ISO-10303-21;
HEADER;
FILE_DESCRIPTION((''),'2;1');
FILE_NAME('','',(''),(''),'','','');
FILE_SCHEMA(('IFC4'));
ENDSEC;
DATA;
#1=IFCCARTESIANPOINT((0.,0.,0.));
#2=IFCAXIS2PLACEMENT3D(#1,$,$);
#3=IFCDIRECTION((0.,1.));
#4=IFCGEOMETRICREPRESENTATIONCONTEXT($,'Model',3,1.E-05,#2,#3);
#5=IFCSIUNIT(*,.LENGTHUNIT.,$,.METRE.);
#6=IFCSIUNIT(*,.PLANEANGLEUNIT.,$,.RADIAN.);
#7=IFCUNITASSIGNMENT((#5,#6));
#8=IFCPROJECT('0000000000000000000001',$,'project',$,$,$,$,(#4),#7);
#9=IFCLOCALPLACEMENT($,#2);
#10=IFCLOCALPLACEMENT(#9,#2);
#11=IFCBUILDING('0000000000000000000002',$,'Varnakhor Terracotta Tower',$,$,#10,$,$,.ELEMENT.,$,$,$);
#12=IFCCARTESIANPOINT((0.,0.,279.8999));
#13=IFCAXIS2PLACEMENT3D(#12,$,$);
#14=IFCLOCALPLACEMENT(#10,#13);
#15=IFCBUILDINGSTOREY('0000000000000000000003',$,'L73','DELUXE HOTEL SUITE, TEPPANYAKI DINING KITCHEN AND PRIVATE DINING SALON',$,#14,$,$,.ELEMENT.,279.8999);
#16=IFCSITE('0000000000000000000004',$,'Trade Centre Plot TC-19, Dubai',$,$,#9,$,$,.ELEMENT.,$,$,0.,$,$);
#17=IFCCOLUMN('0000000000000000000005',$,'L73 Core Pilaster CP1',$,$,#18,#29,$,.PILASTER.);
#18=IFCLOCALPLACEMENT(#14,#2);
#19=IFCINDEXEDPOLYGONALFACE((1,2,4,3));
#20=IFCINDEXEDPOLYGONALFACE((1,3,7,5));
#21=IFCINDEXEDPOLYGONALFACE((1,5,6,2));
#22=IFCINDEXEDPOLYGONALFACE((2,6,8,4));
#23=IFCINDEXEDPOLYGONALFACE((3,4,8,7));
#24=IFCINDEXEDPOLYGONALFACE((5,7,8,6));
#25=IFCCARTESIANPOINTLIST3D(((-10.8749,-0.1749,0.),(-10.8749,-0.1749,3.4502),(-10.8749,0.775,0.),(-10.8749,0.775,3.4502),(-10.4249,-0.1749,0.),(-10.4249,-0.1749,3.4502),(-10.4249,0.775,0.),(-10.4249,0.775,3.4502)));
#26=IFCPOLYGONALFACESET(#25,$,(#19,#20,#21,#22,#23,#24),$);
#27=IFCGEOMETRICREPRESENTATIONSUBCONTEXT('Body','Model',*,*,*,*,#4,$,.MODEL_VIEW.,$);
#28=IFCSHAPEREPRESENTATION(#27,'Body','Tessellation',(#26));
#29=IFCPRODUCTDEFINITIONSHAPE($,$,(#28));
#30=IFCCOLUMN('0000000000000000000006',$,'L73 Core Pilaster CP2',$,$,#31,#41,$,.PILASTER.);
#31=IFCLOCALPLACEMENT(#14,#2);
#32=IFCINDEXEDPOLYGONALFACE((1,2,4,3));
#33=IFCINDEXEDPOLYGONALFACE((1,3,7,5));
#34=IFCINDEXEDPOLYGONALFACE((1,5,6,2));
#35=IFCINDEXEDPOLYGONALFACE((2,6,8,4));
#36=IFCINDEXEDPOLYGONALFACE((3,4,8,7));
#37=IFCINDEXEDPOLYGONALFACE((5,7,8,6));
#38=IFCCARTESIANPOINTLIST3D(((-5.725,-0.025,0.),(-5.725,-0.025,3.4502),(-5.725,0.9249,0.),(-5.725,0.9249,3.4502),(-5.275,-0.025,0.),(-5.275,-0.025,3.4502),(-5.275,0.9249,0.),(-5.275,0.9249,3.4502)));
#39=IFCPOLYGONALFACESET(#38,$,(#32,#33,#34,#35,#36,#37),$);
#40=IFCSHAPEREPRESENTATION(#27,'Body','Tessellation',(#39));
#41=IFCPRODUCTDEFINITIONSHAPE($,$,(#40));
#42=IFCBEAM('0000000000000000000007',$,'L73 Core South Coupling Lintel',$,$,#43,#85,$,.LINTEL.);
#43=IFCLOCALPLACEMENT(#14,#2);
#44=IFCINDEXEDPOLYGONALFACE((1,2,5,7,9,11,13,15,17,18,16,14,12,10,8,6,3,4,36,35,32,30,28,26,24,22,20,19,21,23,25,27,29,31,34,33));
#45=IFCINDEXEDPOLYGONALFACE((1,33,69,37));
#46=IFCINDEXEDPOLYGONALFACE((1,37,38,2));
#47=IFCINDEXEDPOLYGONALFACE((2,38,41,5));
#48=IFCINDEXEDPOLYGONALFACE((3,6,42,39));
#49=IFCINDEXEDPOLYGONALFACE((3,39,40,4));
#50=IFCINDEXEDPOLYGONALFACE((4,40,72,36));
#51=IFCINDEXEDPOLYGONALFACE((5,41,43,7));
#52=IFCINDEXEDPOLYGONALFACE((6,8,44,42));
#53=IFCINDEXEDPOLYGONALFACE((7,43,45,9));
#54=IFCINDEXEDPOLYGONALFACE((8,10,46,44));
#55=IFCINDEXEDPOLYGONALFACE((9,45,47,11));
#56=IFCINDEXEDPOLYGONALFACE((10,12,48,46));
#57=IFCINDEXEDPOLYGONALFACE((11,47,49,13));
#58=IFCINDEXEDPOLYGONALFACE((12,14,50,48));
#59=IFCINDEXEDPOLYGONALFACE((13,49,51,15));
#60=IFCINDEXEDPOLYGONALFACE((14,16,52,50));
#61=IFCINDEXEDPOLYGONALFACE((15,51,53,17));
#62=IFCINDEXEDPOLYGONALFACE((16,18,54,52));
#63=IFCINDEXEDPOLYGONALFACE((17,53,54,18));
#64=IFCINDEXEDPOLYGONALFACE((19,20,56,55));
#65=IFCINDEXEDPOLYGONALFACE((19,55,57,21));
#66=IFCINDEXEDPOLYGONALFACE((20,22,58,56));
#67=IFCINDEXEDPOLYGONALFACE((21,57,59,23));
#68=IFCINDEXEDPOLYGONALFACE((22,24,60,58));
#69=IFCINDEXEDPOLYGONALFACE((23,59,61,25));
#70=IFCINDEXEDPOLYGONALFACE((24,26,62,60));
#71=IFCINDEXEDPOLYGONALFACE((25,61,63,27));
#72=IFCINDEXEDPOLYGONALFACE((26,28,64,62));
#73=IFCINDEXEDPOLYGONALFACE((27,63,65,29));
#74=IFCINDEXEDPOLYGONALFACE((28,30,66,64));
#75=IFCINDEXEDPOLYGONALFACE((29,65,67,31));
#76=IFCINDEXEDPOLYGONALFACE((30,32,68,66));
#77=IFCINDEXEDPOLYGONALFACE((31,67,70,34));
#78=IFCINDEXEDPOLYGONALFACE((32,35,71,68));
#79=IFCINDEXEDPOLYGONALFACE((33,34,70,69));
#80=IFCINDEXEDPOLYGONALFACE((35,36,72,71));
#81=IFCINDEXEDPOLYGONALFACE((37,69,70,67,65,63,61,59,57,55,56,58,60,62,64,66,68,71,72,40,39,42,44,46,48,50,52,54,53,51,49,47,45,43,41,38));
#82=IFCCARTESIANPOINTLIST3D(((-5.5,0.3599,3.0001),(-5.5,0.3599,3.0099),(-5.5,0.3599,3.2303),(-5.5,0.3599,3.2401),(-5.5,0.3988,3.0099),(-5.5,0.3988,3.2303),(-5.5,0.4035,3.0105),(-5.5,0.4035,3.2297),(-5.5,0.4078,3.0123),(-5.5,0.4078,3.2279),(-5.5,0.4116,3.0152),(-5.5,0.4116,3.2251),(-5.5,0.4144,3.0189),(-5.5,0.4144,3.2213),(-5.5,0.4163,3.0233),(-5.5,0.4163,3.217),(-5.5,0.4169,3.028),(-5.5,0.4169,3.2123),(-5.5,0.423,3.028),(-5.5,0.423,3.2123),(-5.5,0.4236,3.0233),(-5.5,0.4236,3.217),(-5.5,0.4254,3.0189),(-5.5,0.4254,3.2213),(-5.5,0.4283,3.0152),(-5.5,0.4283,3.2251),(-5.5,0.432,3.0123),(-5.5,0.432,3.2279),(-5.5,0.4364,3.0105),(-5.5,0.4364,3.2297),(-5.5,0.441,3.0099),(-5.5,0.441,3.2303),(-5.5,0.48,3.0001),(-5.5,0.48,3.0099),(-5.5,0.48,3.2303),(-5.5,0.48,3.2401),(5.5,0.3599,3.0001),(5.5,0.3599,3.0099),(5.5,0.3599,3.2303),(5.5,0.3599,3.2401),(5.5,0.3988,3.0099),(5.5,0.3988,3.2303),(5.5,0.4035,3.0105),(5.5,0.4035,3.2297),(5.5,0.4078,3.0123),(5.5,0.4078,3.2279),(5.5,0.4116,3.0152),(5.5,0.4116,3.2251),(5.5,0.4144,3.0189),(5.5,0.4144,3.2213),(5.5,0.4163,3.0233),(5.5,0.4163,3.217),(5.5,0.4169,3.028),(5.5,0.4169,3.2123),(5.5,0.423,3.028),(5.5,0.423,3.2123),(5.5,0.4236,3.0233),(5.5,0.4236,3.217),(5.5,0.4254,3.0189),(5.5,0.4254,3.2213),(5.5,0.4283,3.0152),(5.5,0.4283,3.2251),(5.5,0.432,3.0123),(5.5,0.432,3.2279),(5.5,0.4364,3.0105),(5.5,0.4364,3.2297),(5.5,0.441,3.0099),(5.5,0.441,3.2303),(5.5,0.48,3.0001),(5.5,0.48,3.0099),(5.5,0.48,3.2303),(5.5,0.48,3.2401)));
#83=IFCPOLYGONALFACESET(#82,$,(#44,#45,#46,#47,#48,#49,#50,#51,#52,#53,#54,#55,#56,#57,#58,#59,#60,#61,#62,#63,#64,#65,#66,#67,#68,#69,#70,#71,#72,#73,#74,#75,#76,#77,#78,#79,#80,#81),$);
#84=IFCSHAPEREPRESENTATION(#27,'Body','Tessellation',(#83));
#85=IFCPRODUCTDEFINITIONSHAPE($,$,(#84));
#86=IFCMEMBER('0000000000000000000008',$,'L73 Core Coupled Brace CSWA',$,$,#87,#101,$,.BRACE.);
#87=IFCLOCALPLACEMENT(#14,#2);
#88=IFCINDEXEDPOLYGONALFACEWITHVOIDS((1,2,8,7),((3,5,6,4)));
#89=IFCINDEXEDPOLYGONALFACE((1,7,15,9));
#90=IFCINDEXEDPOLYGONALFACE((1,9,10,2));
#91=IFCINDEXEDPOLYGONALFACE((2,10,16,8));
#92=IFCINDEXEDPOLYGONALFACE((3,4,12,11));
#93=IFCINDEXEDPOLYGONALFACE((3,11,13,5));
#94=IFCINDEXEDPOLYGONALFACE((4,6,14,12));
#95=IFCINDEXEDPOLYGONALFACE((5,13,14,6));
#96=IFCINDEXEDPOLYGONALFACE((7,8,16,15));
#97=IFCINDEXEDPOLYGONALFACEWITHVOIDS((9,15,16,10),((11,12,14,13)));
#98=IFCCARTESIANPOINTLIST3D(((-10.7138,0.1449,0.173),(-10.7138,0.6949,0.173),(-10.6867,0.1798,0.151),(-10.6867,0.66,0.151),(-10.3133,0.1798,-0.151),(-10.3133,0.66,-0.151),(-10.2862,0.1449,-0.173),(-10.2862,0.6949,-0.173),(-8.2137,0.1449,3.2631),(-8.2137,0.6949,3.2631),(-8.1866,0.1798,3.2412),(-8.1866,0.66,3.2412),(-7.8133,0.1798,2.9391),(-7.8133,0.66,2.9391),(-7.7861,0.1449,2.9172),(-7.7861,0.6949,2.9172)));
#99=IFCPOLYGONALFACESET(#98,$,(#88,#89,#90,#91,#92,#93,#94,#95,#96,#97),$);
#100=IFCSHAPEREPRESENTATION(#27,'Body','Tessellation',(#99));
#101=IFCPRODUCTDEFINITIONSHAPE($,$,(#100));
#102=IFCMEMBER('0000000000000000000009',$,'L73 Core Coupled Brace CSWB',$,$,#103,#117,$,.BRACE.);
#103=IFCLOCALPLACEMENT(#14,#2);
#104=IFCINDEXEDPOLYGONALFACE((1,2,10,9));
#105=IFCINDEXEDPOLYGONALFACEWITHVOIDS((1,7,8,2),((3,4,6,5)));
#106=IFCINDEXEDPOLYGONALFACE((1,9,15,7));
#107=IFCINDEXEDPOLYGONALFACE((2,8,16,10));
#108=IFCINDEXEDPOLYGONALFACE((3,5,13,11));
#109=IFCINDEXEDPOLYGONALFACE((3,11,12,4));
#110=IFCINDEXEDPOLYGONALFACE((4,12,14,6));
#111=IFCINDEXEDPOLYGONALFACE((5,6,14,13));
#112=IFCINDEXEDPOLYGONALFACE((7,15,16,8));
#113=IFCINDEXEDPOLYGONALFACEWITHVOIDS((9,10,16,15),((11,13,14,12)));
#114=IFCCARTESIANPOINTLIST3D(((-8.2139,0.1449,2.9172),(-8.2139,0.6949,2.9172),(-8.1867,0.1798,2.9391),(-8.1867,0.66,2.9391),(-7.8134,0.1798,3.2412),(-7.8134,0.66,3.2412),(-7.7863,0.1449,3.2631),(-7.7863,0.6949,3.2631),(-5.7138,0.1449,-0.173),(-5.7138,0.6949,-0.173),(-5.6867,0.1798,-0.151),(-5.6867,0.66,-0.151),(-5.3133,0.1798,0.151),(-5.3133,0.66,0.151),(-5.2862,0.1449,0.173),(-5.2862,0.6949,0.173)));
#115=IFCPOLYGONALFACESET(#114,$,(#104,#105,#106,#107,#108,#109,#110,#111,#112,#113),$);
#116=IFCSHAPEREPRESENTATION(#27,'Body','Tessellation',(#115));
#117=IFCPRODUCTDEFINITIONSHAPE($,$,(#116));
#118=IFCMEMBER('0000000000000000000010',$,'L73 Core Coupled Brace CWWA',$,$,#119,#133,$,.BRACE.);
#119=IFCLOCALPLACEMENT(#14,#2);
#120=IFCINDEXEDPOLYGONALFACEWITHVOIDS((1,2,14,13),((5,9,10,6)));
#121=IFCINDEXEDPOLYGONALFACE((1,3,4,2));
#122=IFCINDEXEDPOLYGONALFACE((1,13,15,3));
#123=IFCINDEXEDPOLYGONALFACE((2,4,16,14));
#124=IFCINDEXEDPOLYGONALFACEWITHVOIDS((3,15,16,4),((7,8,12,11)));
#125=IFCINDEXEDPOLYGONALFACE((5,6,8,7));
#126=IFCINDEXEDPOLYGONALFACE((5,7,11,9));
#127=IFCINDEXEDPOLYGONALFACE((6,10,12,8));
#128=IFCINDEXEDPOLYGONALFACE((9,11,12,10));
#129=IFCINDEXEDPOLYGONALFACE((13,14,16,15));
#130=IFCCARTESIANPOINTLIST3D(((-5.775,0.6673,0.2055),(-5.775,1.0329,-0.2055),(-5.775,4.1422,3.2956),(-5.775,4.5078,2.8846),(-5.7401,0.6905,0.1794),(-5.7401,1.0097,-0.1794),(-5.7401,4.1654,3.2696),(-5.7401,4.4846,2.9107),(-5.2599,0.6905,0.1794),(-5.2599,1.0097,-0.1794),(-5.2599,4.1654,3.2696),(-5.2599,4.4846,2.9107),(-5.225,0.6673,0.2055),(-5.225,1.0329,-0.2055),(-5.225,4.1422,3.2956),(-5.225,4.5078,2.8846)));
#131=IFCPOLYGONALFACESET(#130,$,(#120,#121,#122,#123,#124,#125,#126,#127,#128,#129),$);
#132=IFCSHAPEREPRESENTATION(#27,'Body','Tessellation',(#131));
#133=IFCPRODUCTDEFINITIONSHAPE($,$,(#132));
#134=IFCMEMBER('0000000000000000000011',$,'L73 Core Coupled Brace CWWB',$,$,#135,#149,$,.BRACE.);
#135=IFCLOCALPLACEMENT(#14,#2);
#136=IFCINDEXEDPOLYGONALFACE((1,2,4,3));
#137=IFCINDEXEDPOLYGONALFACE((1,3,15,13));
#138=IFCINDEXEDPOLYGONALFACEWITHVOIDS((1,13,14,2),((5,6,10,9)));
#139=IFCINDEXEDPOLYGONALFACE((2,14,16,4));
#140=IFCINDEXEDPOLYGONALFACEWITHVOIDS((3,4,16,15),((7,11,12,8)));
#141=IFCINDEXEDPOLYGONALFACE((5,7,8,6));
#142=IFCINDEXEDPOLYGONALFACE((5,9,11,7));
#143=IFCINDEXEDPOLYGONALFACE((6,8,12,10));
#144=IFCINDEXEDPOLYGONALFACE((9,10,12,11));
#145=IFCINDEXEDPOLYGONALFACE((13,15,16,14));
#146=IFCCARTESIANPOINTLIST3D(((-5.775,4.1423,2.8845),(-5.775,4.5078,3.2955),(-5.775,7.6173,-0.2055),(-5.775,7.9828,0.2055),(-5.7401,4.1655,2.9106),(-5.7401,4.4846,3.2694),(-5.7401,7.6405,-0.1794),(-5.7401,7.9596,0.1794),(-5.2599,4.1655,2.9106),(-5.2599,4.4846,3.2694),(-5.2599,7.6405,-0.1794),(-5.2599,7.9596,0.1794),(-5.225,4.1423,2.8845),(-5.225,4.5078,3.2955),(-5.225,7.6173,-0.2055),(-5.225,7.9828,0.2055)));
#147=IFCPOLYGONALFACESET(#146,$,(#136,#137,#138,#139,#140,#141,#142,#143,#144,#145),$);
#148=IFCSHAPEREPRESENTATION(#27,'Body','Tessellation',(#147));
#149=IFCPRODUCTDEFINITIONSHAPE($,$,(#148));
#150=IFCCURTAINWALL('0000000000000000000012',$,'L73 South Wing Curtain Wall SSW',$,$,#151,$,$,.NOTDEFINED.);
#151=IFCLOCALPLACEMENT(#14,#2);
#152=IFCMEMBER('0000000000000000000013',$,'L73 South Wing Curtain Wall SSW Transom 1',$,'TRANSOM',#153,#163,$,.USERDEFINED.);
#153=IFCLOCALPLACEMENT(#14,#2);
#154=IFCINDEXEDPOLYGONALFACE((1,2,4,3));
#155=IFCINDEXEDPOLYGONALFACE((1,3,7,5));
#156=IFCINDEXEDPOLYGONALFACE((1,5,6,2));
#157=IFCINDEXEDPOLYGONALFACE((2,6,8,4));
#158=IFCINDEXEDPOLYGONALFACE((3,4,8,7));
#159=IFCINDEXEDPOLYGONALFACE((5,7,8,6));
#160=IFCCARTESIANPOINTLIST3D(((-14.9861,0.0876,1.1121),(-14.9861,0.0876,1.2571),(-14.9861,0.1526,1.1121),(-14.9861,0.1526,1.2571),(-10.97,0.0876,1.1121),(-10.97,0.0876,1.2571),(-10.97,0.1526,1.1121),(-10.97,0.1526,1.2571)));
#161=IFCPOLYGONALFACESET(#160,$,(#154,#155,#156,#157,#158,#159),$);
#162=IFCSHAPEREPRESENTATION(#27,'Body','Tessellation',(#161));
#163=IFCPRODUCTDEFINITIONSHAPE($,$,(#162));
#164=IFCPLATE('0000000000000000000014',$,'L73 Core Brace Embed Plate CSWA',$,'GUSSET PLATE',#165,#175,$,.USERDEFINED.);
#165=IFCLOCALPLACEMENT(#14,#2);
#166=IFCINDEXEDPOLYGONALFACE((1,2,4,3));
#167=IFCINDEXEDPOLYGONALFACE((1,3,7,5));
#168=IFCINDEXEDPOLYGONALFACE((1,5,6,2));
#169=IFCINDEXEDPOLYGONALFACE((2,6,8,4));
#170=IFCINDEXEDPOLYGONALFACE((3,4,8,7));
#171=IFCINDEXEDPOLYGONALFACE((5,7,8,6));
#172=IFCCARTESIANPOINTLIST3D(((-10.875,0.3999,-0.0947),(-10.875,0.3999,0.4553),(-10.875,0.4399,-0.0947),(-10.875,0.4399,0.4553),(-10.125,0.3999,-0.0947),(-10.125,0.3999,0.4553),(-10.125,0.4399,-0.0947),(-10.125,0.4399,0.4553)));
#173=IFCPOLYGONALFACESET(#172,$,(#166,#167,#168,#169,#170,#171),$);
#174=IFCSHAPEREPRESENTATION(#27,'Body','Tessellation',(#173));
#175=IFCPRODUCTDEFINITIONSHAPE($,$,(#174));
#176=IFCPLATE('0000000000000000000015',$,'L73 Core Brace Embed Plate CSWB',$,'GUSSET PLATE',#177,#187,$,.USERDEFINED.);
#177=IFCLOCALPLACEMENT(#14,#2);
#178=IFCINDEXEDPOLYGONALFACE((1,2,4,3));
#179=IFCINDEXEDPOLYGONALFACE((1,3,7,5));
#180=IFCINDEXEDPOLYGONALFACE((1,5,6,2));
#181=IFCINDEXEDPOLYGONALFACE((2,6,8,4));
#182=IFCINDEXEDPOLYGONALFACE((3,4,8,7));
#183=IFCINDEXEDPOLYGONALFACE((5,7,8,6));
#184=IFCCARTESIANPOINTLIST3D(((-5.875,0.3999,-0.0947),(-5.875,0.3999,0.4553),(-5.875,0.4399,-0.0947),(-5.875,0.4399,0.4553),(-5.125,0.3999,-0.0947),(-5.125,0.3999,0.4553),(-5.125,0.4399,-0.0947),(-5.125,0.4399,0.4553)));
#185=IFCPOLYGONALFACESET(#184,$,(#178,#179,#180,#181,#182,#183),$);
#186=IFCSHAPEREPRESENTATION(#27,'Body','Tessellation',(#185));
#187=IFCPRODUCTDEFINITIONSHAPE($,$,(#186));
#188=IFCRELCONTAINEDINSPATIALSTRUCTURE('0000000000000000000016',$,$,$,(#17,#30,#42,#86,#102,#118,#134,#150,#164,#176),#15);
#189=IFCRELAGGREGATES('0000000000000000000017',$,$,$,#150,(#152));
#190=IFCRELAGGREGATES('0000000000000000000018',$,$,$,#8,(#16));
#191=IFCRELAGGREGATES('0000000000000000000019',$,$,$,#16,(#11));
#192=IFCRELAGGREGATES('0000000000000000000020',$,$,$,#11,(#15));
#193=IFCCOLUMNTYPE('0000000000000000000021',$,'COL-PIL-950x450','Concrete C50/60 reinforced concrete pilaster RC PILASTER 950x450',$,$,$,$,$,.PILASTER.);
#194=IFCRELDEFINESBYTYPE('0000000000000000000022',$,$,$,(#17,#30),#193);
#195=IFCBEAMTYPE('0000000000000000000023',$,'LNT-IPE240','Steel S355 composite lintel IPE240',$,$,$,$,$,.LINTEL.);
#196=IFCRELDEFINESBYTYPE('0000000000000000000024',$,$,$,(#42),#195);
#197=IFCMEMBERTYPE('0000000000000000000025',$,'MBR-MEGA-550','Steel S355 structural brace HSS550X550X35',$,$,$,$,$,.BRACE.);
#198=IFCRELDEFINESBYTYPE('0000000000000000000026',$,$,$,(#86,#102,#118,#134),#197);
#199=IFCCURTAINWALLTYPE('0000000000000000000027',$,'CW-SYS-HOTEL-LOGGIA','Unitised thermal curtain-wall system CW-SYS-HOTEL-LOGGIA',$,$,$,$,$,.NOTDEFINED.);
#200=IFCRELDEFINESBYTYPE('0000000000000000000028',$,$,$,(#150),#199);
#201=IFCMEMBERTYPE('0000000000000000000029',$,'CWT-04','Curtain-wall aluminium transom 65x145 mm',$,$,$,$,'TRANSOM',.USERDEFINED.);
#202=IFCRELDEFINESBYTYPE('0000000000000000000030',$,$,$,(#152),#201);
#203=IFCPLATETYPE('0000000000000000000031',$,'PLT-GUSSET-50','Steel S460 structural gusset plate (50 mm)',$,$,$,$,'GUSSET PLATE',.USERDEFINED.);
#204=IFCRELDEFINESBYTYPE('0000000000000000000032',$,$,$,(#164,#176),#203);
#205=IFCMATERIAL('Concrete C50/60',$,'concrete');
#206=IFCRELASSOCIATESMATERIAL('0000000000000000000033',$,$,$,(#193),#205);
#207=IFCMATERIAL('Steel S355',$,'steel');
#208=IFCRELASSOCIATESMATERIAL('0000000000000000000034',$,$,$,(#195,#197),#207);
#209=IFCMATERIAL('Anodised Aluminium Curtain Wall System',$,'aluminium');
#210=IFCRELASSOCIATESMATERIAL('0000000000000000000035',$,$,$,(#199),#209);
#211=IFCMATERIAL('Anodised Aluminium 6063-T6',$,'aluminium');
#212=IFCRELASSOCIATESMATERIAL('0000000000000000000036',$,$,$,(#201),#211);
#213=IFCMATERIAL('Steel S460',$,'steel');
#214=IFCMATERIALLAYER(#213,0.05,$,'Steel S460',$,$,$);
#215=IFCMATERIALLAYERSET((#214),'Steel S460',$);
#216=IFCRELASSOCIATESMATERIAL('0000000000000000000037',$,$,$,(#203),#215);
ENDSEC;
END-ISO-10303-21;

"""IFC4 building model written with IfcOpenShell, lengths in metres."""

from ifc_helpers import new_model, si_unit, direction, frame, origin, origin_2d, place, context, subcontext, project, spatial, rectangle, hollow_rectangle, i_section, extrude, source, transform, mapped, material, layer, layer_set, material_profile, profile_set, type_object, type_shapes, element, aggregate, save


model = new_model("IFC4")

# Units and contexts
model_context = context("Model", 3, precision=1e-05, world=origin(), true_north=direction((0.0, 1.0)))
body_context = subcontext(model_context, "Body", "Model", "MODEL_VIEW")
ifc_project = project(units=[si_unit("LENGTHUNIT", "METRE"), si_unit("PLANEANGLEUNIT", "RADIAN")], contexts=[model_context])

# Site, building, storey
site_placement = place(None, origin())
site = spatial("IfcSite", under=ifc_project, at=site_placement, Name="Trade Centre Plot TC-19, Dubai", CompositionType="ELEMENT", RefElevation=0.0)
building_placement = place(site_placement, origin())
building = spatial("IfcBuilding", under=site, at=building_placement, Name="Varnakhor Terracotta Tower", CompositionType="ELEMENT")
storey_placement = place(building_placement, frame((0.0, 0.0, 279.8999)))
storey = spatial("IfcBuildingStorey", under=building, at=storey_placement, Name="L73", Description="DELUXE HOTEL SUITE, TEPPANYAKI DINING KITCHEN AND PRIVATE DINING SALON", CompositionType="ELEMENT", Elevation=279.8999)

# Columns
ifc_material_1 = material(Name="Concrete C50/60", Category="concrete")
ifc_material_profile_1 = material_profile(ifc_material_1, rectangle(XDim=0.45, YDim=0.95, at=origin_2d()), Name="RC PILASTER 950x450")
ifc_profile_set_1 = profile_set([ifc_material_profile_1], Name="Concrete C50/60")
column_type = type_object("IfcColumnType", Name="COL-PIL-950x450", Description="Concrete C50/60 reinforced concrete pilaster RC PILASTER 950x450", PredefinedType="PILASTER", material=ifc_profile_set_1)
shared_shape_1 = source(origin(), body_context, "Body", "SweptSolid", [
    extrude(rectangle(XDim=0.45, YDim=0.95, at=origin_2d()), origin(), (0.0, 0.0, 1.0), 3.4502),
])
for number, where, z_axis, x_axis, name in (
    (1, (-10.6499, 0.3, 0.0), (0.0, 0.0, 1.0), (1.0, 0.0, 0.0), "L73 Core Pilaster CP1"),
    (2, (-5.5, 0.45, 0.0), (0.0, 0.0, 1.0), (1.0, 0.0, 0.0), "L73 Core Pilaster CP2"),
):
    element("IfcColumn", number, at=place(storey_placement, frame(where, z_axis=z_axis, x_axis=x_axis)), inside=storey, type_object=column_type, Name=name, PredefinedType="PILASTER", context=body_context, shape_type="MappedRepresentation", body=[
        mapped(shared_shape_1, transform((0.0, 0.0, 0.0), scale=1.0)),
    ])

# Beam
ifc_material_2 = material(Name="Steel S355", Category="steel")
ifc_material_profile_2 = material_profile(ifc_material_2, i_section(OverallWidth=0.1201, OverallDepth=0.24, WebThickness=0.0061, FlangeThickness=0.0098, FilletRadius=0.0181, at=origin_2d()), Name="IPE240")
ifc_profile_set_2 = profile_set([ifc_material_profile_2], Name="Steel S355")
beam_type = type_object("IfcBeamType", Name="LNT-IPE240", Description="Steel S355 composite lintel IPE240", PredefinedType="LINTEL", material=ifc_profile_set_2)
shared_shape_2 = source(origin(), body_context, "Body", "SweptSolid", [
    extrude(i_section(OverallWidth=0.1201, OverallDepth=0.24, WebThickness=0.0061, FlangeThickness=0.0098, FilletRadius=0.0181, at=origin_2d()), origin(), (0.0, 0.0, 1.0), 11.0),
])
type_shapes(beam_type, [shared_shape_2])
beam_placement = place(storey_placement, frame((-5.5, 0.4199, 3.1201), z_axis=(1.0, 0.0, 0.0), x_axis=(0.0, 1.0, 0.0)))
element("IfcBeam", 3, at=beam_placement, inside=storey, type_object=beam_type, Name="L73 Core South Coupling Lintel", PredefinedType="LINTEL", context=body_context, shape_type="MappedRepresentation", body=[
    mapped(shared_shape_2, transform((0.0, 0.0, 0.0), scale=1.0)),
])

# Members
ifc_material_profile_3 = material_profile(ifc_material_2, hollow_rectangle(XDim=0.55, YDim=0.55, WallThickness=0.0349, at=origin_2d()), Name="HSS550X550X35")
ifc_profile_set_3 = profile_set([ifc_material_profile_3], Name="Steel S355")
member_type_1 = type_object("IfcMemberType", Name="MBR-MEGA-550", Description="Steel S355 structural brace HSS550X550X35", PredefinedType="BRACE", material=ifc_profile_set_3)
shared_shape_3 = source(origin(), body_context, "Body", "SweptSolid", [
    extrude(hollow_rectangle(XDim=0.55, YDim=0.55, WallThickness=0.0349, at=origin_2d()), origin(), (0.0, 0.0, 1.0), 3.9749),
])
for number, where, z_axis, x_axis, name in (
    (4, (-10.5, 0.4199, 0.0), (0.62897, 0.0, 0.777429), (0.0, 1.0, 0.0), "L73 Core Coupled Brace CSWA"),
    (5, (-5.5, 0.4199, 0.0), (-0.62897, 0.0, 0.777429), (0.0, -1.0, 0.0), "L73 Core Coupled Brace CSWB"),
):
    element("IfcMember", number, at=place(storey_placement, frame(where, z_axis=z_axis, x_axis=x_axis)), inside=storey, type_object=member_type_1, Name=name, PredefinedType="BRACE", context=body_context, shape_type="MappedRepresentation", body=[
        mapped(shared_shape_3, transform((0.0, 0.0, 0.0), scale=1.0)),
    ])
shared_shape_4 = source(origin(), body_context, "Body", "SweptSolid", [
    extrude(hollow_rectangle(XDim=0.55, YDim=0.55, WallThickness=0.0349, at=origin_2d()), origin(), (0.0, 0.0, 1.0), 4.6501),
])
for number, where, z_axis, x_axis, name in (
    (6, (-5.5, 0.8501, 0.0), (0.0, 0.747267, 0.664524), (-1.0, 0.0, 0.0), "L73 Core Coupled Brace CWWA"),
    (7, (-5.5, 7.8, 0.0), (0.0, -0.747291, 0.664497), (1.0, 0.0, 0.0), "L73 Core Coupled Brace CWWB"),
):
    element("IfcMember", number, at=place(storey_placement, frame(where, z_axis=z_axis, x_axis=x_axis)), inside=storey, type_object=member_type_1, Name=name, PredefinedType="BRACE", context=body_context, shape_type="MappedRepresentation", body=[
        mapped(shared_shape_4, transform((0.0, 0.0, 0.0), scale=1.0)),
    ])

# Curtain wall, member
ifc_material_3 = material(Name="Anodised Aluminium Curtain Wall System", Category="aluminium")
curtain_wall_type = type_object("IfcCurtainWallType", Name="CW-SYS-HOTEL-LOGGIA", Description="Unitised thermal curtain-wall system CW-SYS-HOTEL-LOGGIA", PredefinedType="NOTDEFINED", material=ifc_material_3)
curtain_wall_placement = place(storey_placement, origin())
curtain_wall = element("IfcCurtainWall", 8, at=curtain_wall_placement, inside=storey, type_object=curtain_wall_type, Name="L73 South Wing Curtain Wall SSW", PredefinedType="NOTDEFINED")
ifc_material_4 = material(Name="Anodised Aluminium 6063-T6", Category="aluminium")
ifc_material_profile_4 = material_profile(ifc_material_4, rectangle(XDim=0.0649, YDim=0.145, at=origin_2d()), Name="ALU TRANSOM 65x145")
ifc_profile_set_4 = profile_set([ifc_material_profile_4], Name="Anodised Aluminium 6063-T6")
member_type_2 = type_object("IfcMemberType", Name="CWT-04", Description="Curtain-wall aluminium transom 65x145 mm", ElementType="TRANSOM", PredefinedType="USERDEFINED", material=ifc_profile_set_4)
shared_shape_5 = source(origin(), body_context, "Body", "SweptSolid", [
    extrude(rectangle(XDim=0.0649, YDim=0.145, at=origin_2d()), origin(), (0.0, 0.0, 1.0), 4.0161),
])
member_placement = place(storey_placement, frame((-10.97, 0.1201, 1.1846), z_axis=(-1.0, 0.0, 0.0), x_axis=(0.0, -1.0, 0.0)))
member = element("IfcMember", 9, at=member_placement, type_object=member_type_2, Name="L73 South Wing Curtain Wall SSW Transom 1", ObjectType="TRANSOM", PredefinedType="USERDEFINED", context=body_context, shape_type="MappedRepresentation", body=[
    mapped(shared_shape_5, transform((0.0, 0.0, 0.0), scale=1.0)),
])
aggregate(curtain_wall, [member])

# Plates
ifc_material_5 = material(Name="Steel S460", Category="steel")
ifc_layer_1 = layer(ifc_material_5, 0.05, Name="Steel S460")
ifc_layer_set_1 = layer_set([ifc_layer_1], Name="Steel S460")
plate_type = type_object("IfcPlateType", Name="PLT-GUSSET-50", Description="Steel S460 structural gusset plate (50 mm)", ElementType="GUSSET PLATE", PredefinedType="USERDEFINED", material=ifc_layer_set_1)
shared_shape_6 = source(origin(), body_context, "Body", "SweptSolid", [
    extrude(rectangle(XDim=0.75, YDim=0.04, at=origin_2d()), origin(), (0.0, 0.0, 1.0), 0.55),
])
type_shapes(plate_type, [shared_shape_6])
for number, where, z_axis, x_axis, name in (
    (10, (-10.5, 0.4199, -0.0947), (0.0, 0.0, 1.0), (1.0, 0.0, 0.0), "L73 Core Brace Embed Plate CSWA"),
    (11, (-5.5, 0.4199, -0.0947), (0.0, 0.0, 1.0), (1.0, 0.0, 0.0), "L73 Core Brace Embed Plate CSWB"),
):
    element("IfcPlate", number, at=place(storey_placement, frame(where, z_axis=z_axis, x_axis=x_axis)), inside=storey, type_object=plate_type, Name=name, ObjectType="GUSSET PLATE", PredefinedType="USERDEFINED", context=body_context, shape_type="MappedRepresentation", body=[
        mapped(shared_shape_6, transform((0.0, 0.0, 0.0), scale=1.0)),
    ])

save(model, "model.ifc")
